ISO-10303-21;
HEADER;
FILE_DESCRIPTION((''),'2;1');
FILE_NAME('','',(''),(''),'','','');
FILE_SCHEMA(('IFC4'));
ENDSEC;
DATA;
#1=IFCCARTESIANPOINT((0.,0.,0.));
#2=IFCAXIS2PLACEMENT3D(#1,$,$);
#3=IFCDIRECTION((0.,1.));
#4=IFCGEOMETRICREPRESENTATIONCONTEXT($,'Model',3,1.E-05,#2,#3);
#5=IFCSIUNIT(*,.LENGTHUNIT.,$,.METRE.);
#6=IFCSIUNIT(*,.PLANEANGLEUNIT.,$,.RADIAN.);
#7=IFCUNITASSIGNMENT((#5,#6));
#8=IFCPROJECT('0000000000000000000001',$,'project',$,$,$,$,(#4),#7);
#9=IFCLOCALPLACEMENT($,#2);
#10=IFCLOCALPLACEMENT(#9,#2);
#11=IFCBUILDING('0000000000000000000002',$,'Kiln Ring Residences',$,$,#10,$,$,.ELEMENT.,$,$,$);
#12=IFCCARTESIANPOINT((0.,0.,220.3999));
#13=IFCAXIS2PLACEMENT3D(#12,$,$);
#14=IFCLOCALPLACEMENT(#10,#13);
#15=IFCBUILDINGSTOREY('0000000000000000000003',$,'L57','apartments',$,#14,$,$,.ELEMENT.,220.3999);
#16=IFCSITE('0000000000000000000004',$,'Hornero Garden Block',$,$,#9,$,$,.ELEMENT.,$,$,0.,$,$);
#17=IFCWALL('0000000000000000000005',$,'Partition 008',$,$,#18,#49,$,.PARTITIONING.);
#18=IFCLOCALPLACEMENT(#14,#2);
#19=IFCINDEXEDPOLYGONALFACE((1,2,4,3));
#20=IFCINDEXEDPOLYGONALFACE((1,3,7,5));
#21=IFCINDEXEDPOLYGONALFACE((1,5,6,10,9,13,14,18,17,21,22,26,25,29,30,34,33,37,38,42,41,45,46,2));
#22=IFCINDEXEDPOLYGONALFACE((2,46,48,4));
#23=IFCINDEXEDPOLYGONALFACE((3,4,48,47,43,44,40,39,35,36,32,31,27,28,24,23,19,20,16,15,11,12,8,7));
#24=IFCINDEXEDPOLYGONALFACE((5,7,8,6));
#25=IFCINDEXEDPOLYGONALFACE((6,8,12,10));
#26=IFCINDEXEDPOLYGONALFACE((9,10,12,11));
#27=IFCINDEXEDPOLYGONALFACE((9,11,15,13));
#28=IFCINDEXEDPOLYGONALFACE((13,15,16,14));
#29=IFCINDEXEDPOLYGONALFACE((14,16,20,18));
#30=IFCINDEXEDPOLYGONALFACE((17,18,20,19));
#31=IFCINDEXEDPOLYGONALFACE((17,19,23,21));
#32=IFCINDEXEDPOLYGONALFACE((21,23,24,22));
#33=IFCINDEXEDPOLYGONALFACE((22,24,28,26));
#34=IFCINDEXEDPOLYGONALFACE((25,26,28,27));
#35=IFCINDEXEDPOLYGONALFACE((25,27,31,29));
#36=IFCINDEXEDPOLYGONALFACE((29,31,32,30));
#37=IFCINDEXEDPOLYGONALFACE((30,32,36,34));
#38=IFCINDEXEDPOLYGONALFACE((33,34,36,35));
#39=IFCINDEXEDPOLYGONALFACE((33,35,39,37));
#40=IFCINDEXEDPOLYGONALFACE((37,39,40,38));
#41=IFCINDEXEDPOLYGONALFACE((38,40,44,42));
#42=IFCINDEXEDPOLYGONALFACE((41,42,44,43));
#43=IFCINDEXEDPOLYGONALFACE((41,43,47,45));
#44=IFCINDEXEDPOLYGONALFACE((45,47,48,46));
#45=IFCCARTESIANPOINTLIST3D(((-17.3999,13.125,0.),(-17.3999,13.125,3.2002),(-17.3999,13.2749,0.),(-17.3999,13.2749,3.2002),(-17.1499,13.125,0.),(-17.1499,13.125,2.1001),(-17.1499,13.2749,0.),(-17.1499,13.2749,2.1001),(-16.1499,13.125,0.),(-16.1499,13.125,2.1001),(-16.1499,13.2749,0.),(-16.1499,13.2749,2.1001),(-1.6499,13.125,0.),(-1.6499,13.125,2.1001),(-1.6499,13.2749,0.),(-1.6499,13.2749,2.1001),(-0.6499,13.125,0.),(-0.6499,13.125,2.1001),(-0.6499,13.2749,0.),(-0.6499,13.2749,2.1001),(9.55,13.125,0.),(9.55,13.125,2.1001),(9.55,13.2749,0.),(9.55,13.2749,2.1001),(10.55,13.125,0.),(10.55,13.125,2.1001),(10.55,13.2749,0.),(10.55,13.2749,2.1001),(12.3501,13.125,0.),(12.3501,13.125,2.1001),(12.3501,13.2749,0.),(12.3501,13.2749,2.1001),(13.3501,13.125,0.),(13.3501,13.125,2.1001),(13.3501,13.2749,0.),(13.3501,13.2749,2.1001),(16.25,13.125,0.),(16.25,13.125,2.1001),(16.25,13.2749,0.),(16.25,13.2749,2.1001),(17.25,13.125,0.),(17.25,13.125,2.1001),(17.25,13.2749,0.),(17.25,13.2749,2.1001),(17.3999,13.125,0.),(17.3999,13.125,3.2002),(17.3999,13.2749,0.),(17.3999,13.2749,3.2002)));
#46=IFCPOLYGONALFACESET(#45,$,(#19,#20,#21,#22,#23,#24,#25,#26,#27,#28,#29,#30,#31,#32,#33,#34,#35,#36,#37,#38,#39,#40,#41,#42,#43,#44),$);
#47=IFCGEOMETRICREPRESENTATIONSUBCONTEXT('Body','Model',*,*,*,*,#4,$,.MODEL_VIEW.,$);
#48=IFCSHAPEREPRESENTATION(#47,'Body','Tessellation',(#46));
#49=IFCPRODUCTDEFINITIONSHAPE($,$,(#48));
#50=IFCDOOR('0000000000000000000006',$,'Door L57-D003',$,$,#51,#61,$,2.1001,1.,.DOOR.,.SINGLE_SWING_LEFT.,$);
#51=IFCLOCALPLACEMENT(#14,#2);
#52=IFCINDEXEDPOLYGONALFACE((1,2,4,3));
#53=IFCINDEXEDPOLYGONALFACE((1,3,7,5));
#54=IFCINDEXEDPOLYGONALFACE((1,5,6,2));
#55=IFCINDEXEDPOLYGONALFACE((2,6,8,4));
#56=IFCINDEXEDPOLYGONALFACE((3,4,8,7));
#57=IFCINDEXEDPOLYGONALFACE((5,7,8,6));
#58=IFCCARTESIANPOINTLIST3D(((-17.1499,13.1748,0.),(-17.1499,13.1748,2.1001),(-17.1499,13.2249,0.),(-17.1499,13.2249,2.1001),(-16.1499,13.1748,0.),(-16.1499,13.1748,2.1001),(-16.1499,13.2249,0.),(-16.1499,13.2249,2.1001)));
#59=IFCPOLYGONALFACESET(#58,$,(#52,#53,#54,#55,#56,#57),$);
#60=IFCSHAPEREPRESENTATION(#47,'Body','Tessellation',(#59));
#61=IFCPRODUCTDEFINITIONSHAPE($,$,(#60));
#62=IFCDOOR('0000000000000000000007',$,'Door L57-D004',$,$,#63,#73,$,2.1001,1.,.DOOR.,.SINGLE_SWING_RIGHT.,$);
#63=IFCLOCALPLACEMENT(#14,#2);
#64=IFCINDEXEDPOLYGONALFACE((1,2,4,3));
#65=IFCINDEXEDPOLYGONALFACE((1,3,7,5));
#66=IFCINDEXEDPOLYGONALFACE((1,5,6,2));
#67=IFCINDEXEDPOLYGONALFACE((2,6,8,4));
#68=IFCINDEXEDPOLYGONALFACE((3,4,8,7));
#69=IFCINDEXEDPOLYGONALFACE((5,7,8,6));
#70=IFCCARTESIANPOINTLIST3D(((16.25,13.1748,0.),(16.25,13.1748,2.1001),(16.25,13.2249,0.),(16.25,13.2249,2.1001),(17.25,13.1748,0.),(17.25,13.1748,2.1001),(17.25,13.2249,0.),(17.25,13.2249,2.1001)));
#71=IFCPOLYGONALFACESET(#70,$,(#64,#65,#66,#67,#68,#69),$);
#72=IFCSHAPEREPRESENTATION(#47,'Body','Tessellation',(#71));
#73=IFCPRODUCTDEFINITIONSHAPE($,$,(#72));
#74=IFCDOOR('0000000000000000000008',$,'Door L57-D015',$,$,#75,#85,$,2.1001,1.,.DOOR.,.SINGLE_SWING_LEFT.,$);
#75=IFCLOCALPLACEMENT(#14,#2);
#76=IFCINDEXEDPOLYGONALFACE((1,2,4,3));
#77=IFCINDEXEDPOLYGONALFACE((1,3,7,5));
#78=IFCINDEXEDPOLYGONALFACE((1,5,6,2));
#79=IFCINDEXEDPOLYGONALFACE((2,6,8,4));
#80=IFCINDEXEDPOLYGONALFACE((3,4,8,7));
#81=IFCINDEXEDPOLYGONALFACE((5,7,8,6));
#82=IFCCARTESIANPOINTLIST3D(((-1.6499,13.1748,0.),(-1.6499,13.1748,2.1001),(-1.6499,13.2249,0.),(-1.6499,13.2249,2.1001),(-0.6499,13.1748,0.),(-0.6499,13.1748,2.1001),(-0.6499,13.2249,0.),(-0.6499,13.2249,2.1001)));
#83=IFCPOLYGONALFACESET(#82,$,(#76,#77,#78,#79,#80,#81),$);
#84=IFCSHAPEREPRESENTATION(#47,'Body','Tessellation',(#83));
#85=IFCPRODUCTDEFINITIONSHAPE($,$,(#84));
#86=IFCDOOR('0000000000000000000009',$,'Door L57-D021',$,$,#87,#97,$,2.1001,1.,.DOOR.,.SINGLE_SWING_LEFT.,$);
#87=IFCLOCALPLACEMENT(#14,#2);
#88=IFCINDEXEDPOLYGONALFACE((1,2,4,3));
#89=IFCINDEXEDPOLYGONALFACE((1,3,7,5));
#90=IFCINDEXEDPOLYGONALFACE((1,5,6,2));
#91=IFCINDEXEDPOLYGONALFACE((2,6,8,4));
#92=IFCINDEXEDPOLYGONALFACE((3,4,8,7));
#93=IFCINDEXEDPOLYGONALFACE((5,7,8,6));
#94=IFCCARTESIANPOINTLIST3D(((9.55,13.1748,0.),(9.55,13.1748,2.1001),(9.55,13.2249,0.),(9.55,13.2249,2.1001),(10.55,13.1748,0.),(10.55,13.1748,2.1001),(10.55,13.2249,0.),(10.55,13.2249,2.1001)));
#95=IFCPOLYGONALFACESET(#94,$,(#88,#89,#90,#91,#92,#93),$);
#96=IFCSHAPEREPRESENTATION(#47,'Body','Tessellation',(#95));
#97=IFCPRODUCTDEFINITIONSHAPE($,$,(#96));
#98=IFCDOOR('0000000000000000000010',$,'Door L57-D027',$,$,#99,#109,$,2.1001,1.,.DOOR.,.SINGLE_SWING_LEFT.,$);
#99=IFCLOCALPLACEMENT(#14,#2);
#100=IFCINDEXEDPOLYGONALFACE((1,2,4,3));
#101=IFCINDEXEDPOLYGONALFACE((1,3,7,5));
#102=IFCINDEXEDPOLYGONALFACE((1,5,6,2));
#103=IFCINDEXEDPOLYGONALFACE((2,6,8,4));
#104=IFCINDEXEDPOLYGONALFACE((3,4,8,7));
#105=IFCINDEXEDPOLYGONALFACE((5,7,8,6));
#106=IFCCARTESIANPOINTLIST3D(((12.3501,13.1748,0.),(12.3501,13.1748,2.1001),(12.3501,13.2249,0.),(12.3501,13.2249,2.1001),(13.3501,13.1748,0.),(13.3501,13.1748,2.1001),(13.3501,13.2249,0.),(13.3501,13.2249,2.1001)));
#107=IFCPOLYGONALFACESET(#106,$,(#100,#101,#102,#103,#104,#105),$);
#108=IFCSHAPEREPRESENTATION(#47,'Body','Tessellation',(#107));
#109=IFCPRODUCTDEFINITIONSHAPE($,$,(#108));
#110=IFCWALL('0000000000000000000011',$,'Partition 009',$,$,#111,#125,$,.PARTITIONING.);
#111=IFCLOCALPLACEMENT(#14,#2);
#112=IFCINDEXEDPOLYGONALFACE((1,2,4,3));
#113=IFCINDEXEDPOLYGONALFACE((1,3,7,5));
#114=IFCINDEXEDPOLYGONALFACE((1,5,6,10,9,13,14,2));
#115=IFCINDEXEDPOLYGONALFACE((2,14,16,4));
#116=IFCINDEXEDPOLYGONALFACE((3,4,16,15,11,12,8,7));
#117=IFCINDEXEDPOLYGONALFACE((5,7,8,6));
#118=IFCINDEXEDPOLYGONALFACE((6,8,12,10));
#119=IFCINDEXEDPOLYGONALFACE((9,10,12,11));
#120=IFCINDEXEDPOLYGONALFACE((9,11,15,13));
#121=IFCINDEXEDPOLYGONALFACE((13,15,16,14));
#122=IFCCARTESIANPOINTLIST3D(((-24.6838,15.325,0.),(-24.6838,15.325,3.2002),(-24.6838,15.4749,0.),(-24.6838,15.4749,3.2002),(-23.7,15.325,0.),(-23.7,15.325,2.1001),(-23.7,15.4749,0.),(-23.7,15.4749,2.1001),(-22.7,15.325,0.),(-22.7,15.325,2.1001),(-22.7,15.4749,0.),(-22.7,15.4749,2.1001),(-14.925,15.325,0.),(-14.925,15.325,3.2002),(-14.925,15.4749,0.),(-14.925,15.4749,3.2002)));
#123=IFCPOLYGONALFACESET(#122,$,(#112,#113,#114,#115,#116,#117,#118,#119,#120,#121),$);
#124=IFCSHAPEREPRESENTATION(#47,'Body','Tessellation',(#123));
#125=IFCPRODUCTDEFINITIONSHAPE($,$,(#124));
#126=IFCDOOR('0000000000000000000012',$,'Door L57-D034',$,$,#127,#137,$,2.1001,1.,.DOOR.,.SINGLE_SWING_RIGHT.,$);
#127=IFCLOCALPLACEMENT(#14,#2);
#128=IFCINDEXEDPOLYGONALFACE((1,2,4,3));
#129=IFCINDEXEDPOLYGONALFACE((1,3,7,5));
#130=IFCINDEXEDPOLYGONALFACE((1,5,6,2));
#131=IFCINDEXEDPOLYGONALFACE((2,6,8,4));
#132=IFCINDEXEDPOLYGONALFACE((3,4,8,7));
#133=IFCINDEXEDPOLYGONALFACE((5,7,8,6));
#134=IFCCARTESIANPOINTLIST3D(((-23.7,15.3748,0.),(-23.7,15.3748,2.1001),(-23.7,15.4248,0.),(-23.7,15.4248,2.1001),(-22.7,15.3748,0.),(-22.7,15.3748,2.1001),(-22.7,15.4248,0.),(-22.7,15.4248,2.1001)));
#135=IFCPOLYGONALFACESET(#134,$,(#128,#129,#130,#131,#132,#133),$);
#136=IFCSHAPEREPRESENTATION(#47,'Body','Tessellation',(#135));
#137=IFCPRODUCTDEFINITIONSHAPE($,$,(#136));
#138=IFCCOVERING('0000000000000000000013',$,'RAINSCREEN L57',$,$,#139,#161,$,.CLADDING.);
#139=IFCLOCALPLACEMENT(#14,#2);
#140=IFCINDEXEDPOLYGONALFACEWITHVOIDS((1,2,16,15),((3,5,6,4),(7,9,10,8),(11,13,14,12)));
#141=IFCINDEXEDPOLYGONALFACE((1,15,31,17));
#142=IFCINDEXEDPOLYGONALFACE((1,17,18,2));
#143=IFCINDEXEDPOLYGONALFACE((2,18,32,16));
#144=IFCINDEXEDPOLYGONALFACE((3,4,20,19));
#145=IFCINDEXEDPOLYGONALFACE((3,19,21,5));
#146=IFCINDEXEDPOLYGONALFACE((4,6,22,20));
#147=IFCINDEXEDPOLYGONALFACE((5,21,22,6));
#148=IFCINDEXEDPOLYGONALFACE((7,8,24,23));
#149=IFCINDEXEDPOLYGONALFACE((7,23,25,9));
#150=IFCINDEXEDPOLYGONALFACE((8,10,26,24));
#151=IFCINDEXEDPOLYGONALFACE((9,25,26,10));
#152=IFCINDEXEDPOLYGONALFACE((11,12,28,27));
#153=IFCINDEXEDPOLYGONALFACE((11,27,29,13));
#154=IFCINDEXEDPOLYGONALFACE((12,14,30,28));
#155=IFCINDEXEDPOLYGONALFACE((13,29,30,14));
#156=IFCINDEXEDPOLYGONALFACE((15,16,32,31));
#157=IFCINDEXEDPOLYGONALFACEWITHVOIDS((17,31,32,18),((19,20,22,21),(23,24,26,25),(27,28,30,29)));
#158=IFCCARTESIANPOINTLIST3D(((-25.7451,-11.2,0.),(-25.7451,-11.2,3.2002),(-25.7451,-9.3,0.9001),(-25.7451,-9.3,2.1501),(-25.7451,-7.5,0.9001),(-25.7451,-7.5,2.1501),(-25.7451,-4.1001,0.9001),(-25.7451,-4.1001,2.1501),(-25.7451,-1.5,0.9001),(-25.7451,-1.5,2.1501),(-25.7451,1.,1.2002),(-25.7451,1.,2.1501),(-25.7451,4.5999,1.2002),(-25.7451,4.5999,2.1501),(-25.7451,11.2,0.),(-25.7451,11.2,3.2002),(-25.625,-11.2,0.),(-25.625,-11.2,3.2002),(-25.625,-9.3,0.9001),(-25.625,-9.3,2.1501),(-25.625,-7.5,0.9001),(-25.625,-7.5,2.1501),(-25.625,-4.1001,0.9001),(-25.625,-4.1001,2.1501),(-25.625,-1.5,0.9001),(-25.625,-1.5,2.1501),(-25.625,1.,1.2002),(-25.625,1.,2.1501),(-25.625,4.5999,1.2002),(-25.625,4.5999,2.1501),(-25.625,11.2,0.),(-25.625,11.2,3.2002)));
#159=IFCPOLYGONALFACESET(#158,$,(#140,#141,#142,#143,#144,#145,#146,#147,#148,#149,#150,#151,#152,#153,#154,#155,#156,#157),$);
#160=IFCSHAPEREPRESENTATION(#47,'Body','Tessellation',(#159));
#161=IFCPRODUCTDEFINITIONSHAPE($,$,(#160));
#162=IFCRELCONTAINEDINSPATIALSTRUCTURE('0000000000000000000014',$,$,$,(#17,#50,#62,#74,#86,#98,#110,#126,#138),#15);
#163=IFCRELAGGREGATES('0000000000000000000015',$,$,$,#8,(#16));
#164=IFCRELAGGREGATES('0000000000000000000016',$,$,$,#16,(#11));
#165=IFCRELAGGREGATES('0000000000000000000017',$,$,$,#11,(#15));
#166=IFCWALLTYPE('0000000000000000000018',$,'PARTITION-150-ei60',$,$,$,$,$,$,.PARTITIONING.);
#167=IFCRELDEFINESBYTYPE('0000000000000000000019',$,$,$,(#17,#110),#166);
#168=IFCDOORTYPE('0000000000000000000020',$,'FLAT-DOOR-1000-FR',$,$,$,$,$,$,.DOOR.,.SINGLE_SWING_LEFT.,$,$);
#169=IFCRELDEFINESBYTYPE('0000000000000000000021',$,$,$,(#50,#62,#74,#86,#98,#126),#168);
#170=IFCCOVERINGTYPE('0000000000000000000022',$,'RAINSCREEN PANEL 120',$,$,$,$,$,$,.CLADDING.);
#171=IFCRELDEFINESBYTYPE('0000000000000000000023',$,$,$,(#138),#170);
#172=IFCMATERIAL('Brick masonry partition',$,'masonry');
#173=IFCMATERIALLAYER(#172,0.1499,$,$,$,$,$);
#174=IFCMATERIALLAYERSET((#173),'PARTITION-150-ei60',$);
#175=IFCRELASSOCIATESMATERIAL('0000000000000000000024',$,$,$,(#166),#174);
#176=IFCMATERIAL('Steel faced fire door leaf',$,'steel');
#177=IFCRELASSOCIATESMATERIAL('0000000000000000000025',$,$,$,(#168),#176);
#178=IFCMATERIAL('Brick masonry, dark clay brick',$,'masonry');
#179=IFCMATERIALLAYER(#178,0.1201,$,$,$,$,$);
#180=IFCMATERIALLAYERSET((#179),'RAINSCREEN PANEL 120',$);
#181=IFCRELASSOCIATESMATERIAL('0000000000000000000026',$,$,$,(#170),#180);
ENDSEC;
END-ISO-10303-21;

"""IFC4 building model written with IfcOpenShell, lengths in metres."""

from ifc_helpers import new_model, si_unit, direction, frame, frame_2d, origin, place, context, subcontext, project, spatial, polyline, rectangle, outline, extrude, material, layer, layer_set, type_object, element, fill, save


model = new_model("IFC4")

# Units and contexts
model_context = context("Model", 3, precision=1e-05, world=origin(), true_north=direction((0.0, 1.0)))
body_context = subcontext(model_context, "Body", "Model", "MODEL_VIEW")
ifc_project = project(units=[si_unit("LENGTHUNIT", "METRE"), si_unit("PLANEANGLEUNIT", "RADIAN")], contexts=[model_context])

# Site, building, storey
site_placement = place(None, origin())
site = spatial("IfcSite", under=ifc_project, at=site_placement, Name="Hornero Garden Block", CompositionType="ELEMENT", RefElevation=0.0)
building_placement = place(site_placement, origin())
building = spatial("IfcBuilding", under=site, at=building_placement, Name="Kiln Ring Residences", CompositionType="ELEMENT")
storey_placement = place(building_placement, frame((0.0, 0.0, 220.3999)))
storey = spatial("IfcBuildingStorey", under=building, at=storey_placement, Name="L57", Description="apartments", CompositionType="ELEMENT", Elevation=220.3999)

# Wall, openings, doors
ifc_material_1 = material(Name="Brick masonry partition", Category="masonry")
ifc_layer_1 = layer(ifc_material_1, 0.1499)
ifc_layer_set_1 = layer_set([ifc_layer_1], Name="PARTITION-150-ei60")
wall_type_1 = type_object("IfcWallType", Name="PARTITION-150-ei60", PredefinedType="PARTITIONING", material=ifc_layer_set_1)
wall_1_placement = place(storey_placement, frame((-17.3999, 13.2, 0.0), z_axis=(0.0, 0.0, 1.0), x_axis=(1.0, 0.0, 0.0)))
wall_1 = element("IfcWall", 1, at=wall_1_placement, inside=storey, type_object=wall_type_1, Name="Partition 008", PredefinedType="PARTITIONING", context=body_context, shape_type="SweptSolid", body=[
    extrude(rectangle(XDim=34.7998, YDim=0.1499, at=frame_2d((17.3999, 0.0))), origin(), (0.0, 0.0, 1.0), 3.2002),
])
opening_1_placement = place(wall_1_placement, frame((0.25, 0.0, 0.0)))
opening_1 = element("IfcOpeningElement", 2, at=opening_1_placement, cuts=wall_1, PredefinedType="OPENING", context=body_context, shape_type="SweptSolid", body=[
    extrude(rectangle(XDim=1.0, YDim=2.1001, at=frame_2d((0.5, 1.05))), frame((0.0, 0.085, 0.0), z_axis=(0.0, -1.0, 0.0), x_axis=(1.0, 0.0, 0.0)), (0.0, 0.0, 1.0), 0.1699),
])
opening_2_placement = place(wall_1_placement, frame((33.6499, 0.0, 0.0)))
opening_2 = element("IfcOpeningElement", 3, at=opening_2_placement, cuts=wall_1, PredefinedType="OPENING", context=body_context, shape_type="SweptSolid", body=[
    extrude(rectangle(XDim=1.0, YDim=2.1001, at=frame_2d((0.5, 1.05))), frame((0.0, 0.085, 0.0), z_axis=(0.0, -1.0, 0.0), x_axis=(1.0, 0.0, 0.0)), (0.0, 0.0, 1.0), 0.1699),
])
opening_3_placement = place(wall_1_placement, frame((15.75, 0.0, 0.0)))
opening_3 = element("IfcOpeningElement", 4, at=opening_3_placement, cuts=wall_1, PredefinedType="OPENING", context=body_context, shape_type="SweptSolid", body=[
    extrude(rectangle(XDim=1.0, YDim=2.1001, at=frame_2d((0.5, 1.05))), frame((0.0, 0.085, 0.0), z_axis=(0.0, -1.0, 0.0), x_axis=(1.0, 0.0, 0.0)), (0.0, 0.0, 1.0), 0.1699),
])
opening_4_placement = place(wall_1_placement, frame((26.95, 0.0, 0.0)))
opening_4 = element("IfcOpeningElement", 5, at=opening_4_placement, cuts=wall_1, PredefinedType="OPENING", context=body_context, shape_type="SweptSolid", body=[
    extrude(rectangle(XDim=1.0, YDim=2.1001, at=frame_2d((0.5, 1.05))), frame((0.0, 0.085, 0.0), z_axis=(0.0, -1.0, 0.0), x_axis=(1.0, 0.0, 0.0)), (0.0, 0.0, 1.0), 0.1699),
])
opening_5_placement = place(wall_1_placement, frame((29.75, 0.0, 0.0)))
opening_5 = element("IfcOpeningElement", 6, at=opening_5_placement, cuts=wall_1, PredefinedType="OPENING", context=body_context, shape_type="SweptSolid", body=[
    extrude(rectangle(XDim=1.0, YDim=2.1001, at=frame_2d((0.5, 1.05))), frame((0.0, 0.085, 0.0), z_axis=(0.0, -1.0, 0.0), x_axis=(1.0, 0.0, 0.0)), (0.0, 0.0, 1.0), 0.1699),
])
ifc_material_2 = material(Name="Steel faced fire door leaf", Category="steel")
door_type = type_object("IfcDoorType", Name="FLAT-DOOR-1000-FR", OperationType="SINGLE_SWING_LEFT", PredefinedType="DOOR", material=ifc_material_2)
door_1_placement = place(opening_1_placement, origin())
door_1 = element("IfcDoor", 7, at=door_1_placement, inside=storey, type_object=door_type, Name="Door L57-D003", OperationType="SINGLE_SWING_LEFT", OverallHeight=2.1001, OverallWidth=1.0, PredefinedType="DOOR", context=body_context, shape_type="SweptSolid", body=[
    extrude(rectangle(XDim=1.0, YDim=2.1001, at=frame_2d((0.5, 1.05))), frame((0.0, 0.0249, 0.0), z_axis=(0.0, -1.0, 0.0), x_axis=(1.0, 0.0, 0.0)), (0.0, 0.0, 1.0), 0.05),
])
fill(opening_1, door_1)
door_2_placement = place(opening_2_placement, origin())
door_2 = element("IfcDoor", 8, at=door_2_placement, inside=storey, type_object=door_type, Name="Door L57-D004", OperationType="SINGLE_SWING_RIGHT", OverallHeight=2.1001, OverallWidth=1.0, PredefinedType="DOOR", context=body_context, shape_type="SweptSolid", body=[
    extrude(rectangle(XDim=1.0, YDim=2.1001, at=frame_2d((0.5, 1.05))), frame((0.0, 0.0249, 0.0), z_axis=(0.0, -1.0, 0.0), x_axis=(1.0, 0.0, 0.0)), (0.0, 0.0, 1.0), 0.05),
])
fill(opening_2, door_2)
door_3_placement = place(opening_3_placement, origin())
door_3 = element("IfcDoor", 9, at=door_3_placement, inside=storey, type_object=door_type, Name="Door L57-D015", OperationType="SINGLE_SWING_LEFT", OverallHeight=2.1001, OverallWidth=1.0, PredefinedType="DOOR", context=body_context, shape_type="SweptSolid", body=[
    extrude(rectangle(XDim=1.0, YDim=2.1001, at=frame_2d((0.5, 1.05))), frame((0.0, 0.0249, 0.0), z_axis=(0.0, -1.0, 0.0), x_axis=(1.0, 0.0, 0.0)), (0.0, 0.0, 1.0), 0.05),
])
fill(opening_3, door_3)
door_4_placement = place(opening_4_placement, origin())
door_4 = element("IfcDoor", 10, at=door_4_placement, inside=storey, type_object=door_type, Name="Door L57-D021", OperationType="SINGLE_SWING_LEFT", OverallHeight=2.1001, OverallWidth=1.0, PredefinedType="DOOR", context=body_context, shape_type="SweptSolid", body=[
    extrude(rectangle(XDim=1.0, YDim=2.1001, at=frame_2d((0.5, 1.05))), frame((0.0, 0.0249, 0.0), z_axis=(0.0, -1.0, 0.0), x_axis=(1.0, 0.0, 0.0)), (0.0, 0.0, 1.0), 0.05),
])
fill(opening_4, door_4)
door_5_placement = place(opening_5_placement, origin())
door_5 = element("IfcDoor", 11, at=door_5_placement, inside=storey, type_object=door_type, Name="Door L57-D027", OperationType="SINGLE_SWING_LEFT", OverallHeight=2.1001, OverallWidth=1.0, PredefinedType="DOOR", context=body_context, shape_type="SweptSolid", body=[
    extrude(rectangle(XDim=1.0, YDim=2.1001, at=frame_2d((0.5, 1.05))), frame((0.0, 0.0249, 0.0), z_axis=(0.0, -1.0, 0.0), x_axis=(1.0, 0.0, 0.0)), (0.0, 0.0, 1.0), 0.05),
])
fill(opening_5, door_5)

# Wall, opening, door
wall_2_placement = place(storey_placement, frame((-24.6838, 15.3999, 0.0), z_axis=(0.0, 0.0, 1.0), x_axis=(1.0, 0.0, 0.0)))
wall_2 = element("IfcWall", 12, at=wall_2_placement, inside=storey, type_object=wall_type_1, Name="Partition 009", PredefinedType="PARTITIONING", context=body_context, shape_type="SweptSolid", body=[
    extrude(rectangle(XDim=9.7588, YDim=0.1499, at=frame_2d((4.8794, 0.0))), origin(), (0.0, 0.0, 1.0), 3.2002),
])
opening_6_placement = place(wall_2_placement, frame((0.9839, 0.0, 0.0)))
opening_6 = element("IfcOpeningElement", 13, at=opening_6_placement, cuts=wall_2, PredefinedType="OPENING", context=body_context, shape_type="SweptSolid", body=[
    extrude(rectangle(XDim=1.0, YDim=2.1001, at=frame_2d((0.5, 1.05))), frame((0.0, 0.085, 0.0), z_axis=(0.0, -1.0, 0.0), x_axis=(1.0, 0.0, 0.0)), (0.0, 0.0, 1.0), 0.1699),
])
door_6_placement = place(opening_6_placement, origin())
door_6 = element("IfcDoor", 14, at=door_6_placement, inside=storey, type_object=door_type, Name="Door L57-D034", OperationType="SINGLE_SWING_RIGHT", OverallHeight=2.1001, OverallWidth=1.0, PredefinedType="DOOR", context=body_context, shape_type="SweptSolid", body=[
    extrude(rectangle(XDim=1.0, YDim=2.1001, at=frame_2d((0.5, 1.05))), frame((0.0, 0.0249, 0.0), z_axis=(0.0, -1.0, 0.0), x_axis=(1.0, 0.0, 0.0)), (0.0, 0.0, 1.0), 0.05),
])
fill(opening_6, door_6)

# Covering
ifc_material_3 = material(Name="Brick masonry, dark clay brick", Category="masonry")
ifc_layer_2 = layer(ifc_material_3, 0.1201)
ifc_layer_set_2 = layer_set([ifc_layer_2], Name="RAINSCREEN PANEL 120")
covering_type = type_object("IfcCoveringType", Name="RAINSCREEN PANEL 120", PredefinedType="CLADDING", material=ifc_layer_set_2)
covering_placement = place(storey_placement, frame((-25.6851, 11.2, 0.0), z_axis=(0.0, 0.0, 1.0), x_axis=(0.0, -1.0, 0.0)))
element("IfcCovering", 15, at=covering_placement, inside=storey, type_object=covering_type, Name="RAINSCREEN L57", PredefinedType="CLADDING", context=body_context, shape_type="SweptSolid", body=[
    extrude(outline(polyline([(0.0, 0.0), (22.3999, 0.0), (22.3999, 3.2002), (0.0, 3.2002), (0.0, 0.0)]), holes=[polyline([(15.3, 2.1501), (12.7, 2.1501), (12.7, 0.9001), (15.3, 0.9001), (15.3, 2.1501)]), polyline([(20.5, 0.9001), (20.5, 2.1501), (18.7, 2.1501), (18.7, 0.9001), (20.5, 0.9001)]), polyline([(10.2, 1.2002), (10.2, 2.1501), (6.6001, 2.1501), (6.6001, 1.2002), (10.2, 1.2002)])]), frame((0.0, 0.0601, 0.0), z_axis=(0.0, -1.0, 0.0), x_axis=(1.0, 0.0, 0.0)), (0.0, 0.0, 1.0), 0.1201),
])

save(model, "model.ifc")
